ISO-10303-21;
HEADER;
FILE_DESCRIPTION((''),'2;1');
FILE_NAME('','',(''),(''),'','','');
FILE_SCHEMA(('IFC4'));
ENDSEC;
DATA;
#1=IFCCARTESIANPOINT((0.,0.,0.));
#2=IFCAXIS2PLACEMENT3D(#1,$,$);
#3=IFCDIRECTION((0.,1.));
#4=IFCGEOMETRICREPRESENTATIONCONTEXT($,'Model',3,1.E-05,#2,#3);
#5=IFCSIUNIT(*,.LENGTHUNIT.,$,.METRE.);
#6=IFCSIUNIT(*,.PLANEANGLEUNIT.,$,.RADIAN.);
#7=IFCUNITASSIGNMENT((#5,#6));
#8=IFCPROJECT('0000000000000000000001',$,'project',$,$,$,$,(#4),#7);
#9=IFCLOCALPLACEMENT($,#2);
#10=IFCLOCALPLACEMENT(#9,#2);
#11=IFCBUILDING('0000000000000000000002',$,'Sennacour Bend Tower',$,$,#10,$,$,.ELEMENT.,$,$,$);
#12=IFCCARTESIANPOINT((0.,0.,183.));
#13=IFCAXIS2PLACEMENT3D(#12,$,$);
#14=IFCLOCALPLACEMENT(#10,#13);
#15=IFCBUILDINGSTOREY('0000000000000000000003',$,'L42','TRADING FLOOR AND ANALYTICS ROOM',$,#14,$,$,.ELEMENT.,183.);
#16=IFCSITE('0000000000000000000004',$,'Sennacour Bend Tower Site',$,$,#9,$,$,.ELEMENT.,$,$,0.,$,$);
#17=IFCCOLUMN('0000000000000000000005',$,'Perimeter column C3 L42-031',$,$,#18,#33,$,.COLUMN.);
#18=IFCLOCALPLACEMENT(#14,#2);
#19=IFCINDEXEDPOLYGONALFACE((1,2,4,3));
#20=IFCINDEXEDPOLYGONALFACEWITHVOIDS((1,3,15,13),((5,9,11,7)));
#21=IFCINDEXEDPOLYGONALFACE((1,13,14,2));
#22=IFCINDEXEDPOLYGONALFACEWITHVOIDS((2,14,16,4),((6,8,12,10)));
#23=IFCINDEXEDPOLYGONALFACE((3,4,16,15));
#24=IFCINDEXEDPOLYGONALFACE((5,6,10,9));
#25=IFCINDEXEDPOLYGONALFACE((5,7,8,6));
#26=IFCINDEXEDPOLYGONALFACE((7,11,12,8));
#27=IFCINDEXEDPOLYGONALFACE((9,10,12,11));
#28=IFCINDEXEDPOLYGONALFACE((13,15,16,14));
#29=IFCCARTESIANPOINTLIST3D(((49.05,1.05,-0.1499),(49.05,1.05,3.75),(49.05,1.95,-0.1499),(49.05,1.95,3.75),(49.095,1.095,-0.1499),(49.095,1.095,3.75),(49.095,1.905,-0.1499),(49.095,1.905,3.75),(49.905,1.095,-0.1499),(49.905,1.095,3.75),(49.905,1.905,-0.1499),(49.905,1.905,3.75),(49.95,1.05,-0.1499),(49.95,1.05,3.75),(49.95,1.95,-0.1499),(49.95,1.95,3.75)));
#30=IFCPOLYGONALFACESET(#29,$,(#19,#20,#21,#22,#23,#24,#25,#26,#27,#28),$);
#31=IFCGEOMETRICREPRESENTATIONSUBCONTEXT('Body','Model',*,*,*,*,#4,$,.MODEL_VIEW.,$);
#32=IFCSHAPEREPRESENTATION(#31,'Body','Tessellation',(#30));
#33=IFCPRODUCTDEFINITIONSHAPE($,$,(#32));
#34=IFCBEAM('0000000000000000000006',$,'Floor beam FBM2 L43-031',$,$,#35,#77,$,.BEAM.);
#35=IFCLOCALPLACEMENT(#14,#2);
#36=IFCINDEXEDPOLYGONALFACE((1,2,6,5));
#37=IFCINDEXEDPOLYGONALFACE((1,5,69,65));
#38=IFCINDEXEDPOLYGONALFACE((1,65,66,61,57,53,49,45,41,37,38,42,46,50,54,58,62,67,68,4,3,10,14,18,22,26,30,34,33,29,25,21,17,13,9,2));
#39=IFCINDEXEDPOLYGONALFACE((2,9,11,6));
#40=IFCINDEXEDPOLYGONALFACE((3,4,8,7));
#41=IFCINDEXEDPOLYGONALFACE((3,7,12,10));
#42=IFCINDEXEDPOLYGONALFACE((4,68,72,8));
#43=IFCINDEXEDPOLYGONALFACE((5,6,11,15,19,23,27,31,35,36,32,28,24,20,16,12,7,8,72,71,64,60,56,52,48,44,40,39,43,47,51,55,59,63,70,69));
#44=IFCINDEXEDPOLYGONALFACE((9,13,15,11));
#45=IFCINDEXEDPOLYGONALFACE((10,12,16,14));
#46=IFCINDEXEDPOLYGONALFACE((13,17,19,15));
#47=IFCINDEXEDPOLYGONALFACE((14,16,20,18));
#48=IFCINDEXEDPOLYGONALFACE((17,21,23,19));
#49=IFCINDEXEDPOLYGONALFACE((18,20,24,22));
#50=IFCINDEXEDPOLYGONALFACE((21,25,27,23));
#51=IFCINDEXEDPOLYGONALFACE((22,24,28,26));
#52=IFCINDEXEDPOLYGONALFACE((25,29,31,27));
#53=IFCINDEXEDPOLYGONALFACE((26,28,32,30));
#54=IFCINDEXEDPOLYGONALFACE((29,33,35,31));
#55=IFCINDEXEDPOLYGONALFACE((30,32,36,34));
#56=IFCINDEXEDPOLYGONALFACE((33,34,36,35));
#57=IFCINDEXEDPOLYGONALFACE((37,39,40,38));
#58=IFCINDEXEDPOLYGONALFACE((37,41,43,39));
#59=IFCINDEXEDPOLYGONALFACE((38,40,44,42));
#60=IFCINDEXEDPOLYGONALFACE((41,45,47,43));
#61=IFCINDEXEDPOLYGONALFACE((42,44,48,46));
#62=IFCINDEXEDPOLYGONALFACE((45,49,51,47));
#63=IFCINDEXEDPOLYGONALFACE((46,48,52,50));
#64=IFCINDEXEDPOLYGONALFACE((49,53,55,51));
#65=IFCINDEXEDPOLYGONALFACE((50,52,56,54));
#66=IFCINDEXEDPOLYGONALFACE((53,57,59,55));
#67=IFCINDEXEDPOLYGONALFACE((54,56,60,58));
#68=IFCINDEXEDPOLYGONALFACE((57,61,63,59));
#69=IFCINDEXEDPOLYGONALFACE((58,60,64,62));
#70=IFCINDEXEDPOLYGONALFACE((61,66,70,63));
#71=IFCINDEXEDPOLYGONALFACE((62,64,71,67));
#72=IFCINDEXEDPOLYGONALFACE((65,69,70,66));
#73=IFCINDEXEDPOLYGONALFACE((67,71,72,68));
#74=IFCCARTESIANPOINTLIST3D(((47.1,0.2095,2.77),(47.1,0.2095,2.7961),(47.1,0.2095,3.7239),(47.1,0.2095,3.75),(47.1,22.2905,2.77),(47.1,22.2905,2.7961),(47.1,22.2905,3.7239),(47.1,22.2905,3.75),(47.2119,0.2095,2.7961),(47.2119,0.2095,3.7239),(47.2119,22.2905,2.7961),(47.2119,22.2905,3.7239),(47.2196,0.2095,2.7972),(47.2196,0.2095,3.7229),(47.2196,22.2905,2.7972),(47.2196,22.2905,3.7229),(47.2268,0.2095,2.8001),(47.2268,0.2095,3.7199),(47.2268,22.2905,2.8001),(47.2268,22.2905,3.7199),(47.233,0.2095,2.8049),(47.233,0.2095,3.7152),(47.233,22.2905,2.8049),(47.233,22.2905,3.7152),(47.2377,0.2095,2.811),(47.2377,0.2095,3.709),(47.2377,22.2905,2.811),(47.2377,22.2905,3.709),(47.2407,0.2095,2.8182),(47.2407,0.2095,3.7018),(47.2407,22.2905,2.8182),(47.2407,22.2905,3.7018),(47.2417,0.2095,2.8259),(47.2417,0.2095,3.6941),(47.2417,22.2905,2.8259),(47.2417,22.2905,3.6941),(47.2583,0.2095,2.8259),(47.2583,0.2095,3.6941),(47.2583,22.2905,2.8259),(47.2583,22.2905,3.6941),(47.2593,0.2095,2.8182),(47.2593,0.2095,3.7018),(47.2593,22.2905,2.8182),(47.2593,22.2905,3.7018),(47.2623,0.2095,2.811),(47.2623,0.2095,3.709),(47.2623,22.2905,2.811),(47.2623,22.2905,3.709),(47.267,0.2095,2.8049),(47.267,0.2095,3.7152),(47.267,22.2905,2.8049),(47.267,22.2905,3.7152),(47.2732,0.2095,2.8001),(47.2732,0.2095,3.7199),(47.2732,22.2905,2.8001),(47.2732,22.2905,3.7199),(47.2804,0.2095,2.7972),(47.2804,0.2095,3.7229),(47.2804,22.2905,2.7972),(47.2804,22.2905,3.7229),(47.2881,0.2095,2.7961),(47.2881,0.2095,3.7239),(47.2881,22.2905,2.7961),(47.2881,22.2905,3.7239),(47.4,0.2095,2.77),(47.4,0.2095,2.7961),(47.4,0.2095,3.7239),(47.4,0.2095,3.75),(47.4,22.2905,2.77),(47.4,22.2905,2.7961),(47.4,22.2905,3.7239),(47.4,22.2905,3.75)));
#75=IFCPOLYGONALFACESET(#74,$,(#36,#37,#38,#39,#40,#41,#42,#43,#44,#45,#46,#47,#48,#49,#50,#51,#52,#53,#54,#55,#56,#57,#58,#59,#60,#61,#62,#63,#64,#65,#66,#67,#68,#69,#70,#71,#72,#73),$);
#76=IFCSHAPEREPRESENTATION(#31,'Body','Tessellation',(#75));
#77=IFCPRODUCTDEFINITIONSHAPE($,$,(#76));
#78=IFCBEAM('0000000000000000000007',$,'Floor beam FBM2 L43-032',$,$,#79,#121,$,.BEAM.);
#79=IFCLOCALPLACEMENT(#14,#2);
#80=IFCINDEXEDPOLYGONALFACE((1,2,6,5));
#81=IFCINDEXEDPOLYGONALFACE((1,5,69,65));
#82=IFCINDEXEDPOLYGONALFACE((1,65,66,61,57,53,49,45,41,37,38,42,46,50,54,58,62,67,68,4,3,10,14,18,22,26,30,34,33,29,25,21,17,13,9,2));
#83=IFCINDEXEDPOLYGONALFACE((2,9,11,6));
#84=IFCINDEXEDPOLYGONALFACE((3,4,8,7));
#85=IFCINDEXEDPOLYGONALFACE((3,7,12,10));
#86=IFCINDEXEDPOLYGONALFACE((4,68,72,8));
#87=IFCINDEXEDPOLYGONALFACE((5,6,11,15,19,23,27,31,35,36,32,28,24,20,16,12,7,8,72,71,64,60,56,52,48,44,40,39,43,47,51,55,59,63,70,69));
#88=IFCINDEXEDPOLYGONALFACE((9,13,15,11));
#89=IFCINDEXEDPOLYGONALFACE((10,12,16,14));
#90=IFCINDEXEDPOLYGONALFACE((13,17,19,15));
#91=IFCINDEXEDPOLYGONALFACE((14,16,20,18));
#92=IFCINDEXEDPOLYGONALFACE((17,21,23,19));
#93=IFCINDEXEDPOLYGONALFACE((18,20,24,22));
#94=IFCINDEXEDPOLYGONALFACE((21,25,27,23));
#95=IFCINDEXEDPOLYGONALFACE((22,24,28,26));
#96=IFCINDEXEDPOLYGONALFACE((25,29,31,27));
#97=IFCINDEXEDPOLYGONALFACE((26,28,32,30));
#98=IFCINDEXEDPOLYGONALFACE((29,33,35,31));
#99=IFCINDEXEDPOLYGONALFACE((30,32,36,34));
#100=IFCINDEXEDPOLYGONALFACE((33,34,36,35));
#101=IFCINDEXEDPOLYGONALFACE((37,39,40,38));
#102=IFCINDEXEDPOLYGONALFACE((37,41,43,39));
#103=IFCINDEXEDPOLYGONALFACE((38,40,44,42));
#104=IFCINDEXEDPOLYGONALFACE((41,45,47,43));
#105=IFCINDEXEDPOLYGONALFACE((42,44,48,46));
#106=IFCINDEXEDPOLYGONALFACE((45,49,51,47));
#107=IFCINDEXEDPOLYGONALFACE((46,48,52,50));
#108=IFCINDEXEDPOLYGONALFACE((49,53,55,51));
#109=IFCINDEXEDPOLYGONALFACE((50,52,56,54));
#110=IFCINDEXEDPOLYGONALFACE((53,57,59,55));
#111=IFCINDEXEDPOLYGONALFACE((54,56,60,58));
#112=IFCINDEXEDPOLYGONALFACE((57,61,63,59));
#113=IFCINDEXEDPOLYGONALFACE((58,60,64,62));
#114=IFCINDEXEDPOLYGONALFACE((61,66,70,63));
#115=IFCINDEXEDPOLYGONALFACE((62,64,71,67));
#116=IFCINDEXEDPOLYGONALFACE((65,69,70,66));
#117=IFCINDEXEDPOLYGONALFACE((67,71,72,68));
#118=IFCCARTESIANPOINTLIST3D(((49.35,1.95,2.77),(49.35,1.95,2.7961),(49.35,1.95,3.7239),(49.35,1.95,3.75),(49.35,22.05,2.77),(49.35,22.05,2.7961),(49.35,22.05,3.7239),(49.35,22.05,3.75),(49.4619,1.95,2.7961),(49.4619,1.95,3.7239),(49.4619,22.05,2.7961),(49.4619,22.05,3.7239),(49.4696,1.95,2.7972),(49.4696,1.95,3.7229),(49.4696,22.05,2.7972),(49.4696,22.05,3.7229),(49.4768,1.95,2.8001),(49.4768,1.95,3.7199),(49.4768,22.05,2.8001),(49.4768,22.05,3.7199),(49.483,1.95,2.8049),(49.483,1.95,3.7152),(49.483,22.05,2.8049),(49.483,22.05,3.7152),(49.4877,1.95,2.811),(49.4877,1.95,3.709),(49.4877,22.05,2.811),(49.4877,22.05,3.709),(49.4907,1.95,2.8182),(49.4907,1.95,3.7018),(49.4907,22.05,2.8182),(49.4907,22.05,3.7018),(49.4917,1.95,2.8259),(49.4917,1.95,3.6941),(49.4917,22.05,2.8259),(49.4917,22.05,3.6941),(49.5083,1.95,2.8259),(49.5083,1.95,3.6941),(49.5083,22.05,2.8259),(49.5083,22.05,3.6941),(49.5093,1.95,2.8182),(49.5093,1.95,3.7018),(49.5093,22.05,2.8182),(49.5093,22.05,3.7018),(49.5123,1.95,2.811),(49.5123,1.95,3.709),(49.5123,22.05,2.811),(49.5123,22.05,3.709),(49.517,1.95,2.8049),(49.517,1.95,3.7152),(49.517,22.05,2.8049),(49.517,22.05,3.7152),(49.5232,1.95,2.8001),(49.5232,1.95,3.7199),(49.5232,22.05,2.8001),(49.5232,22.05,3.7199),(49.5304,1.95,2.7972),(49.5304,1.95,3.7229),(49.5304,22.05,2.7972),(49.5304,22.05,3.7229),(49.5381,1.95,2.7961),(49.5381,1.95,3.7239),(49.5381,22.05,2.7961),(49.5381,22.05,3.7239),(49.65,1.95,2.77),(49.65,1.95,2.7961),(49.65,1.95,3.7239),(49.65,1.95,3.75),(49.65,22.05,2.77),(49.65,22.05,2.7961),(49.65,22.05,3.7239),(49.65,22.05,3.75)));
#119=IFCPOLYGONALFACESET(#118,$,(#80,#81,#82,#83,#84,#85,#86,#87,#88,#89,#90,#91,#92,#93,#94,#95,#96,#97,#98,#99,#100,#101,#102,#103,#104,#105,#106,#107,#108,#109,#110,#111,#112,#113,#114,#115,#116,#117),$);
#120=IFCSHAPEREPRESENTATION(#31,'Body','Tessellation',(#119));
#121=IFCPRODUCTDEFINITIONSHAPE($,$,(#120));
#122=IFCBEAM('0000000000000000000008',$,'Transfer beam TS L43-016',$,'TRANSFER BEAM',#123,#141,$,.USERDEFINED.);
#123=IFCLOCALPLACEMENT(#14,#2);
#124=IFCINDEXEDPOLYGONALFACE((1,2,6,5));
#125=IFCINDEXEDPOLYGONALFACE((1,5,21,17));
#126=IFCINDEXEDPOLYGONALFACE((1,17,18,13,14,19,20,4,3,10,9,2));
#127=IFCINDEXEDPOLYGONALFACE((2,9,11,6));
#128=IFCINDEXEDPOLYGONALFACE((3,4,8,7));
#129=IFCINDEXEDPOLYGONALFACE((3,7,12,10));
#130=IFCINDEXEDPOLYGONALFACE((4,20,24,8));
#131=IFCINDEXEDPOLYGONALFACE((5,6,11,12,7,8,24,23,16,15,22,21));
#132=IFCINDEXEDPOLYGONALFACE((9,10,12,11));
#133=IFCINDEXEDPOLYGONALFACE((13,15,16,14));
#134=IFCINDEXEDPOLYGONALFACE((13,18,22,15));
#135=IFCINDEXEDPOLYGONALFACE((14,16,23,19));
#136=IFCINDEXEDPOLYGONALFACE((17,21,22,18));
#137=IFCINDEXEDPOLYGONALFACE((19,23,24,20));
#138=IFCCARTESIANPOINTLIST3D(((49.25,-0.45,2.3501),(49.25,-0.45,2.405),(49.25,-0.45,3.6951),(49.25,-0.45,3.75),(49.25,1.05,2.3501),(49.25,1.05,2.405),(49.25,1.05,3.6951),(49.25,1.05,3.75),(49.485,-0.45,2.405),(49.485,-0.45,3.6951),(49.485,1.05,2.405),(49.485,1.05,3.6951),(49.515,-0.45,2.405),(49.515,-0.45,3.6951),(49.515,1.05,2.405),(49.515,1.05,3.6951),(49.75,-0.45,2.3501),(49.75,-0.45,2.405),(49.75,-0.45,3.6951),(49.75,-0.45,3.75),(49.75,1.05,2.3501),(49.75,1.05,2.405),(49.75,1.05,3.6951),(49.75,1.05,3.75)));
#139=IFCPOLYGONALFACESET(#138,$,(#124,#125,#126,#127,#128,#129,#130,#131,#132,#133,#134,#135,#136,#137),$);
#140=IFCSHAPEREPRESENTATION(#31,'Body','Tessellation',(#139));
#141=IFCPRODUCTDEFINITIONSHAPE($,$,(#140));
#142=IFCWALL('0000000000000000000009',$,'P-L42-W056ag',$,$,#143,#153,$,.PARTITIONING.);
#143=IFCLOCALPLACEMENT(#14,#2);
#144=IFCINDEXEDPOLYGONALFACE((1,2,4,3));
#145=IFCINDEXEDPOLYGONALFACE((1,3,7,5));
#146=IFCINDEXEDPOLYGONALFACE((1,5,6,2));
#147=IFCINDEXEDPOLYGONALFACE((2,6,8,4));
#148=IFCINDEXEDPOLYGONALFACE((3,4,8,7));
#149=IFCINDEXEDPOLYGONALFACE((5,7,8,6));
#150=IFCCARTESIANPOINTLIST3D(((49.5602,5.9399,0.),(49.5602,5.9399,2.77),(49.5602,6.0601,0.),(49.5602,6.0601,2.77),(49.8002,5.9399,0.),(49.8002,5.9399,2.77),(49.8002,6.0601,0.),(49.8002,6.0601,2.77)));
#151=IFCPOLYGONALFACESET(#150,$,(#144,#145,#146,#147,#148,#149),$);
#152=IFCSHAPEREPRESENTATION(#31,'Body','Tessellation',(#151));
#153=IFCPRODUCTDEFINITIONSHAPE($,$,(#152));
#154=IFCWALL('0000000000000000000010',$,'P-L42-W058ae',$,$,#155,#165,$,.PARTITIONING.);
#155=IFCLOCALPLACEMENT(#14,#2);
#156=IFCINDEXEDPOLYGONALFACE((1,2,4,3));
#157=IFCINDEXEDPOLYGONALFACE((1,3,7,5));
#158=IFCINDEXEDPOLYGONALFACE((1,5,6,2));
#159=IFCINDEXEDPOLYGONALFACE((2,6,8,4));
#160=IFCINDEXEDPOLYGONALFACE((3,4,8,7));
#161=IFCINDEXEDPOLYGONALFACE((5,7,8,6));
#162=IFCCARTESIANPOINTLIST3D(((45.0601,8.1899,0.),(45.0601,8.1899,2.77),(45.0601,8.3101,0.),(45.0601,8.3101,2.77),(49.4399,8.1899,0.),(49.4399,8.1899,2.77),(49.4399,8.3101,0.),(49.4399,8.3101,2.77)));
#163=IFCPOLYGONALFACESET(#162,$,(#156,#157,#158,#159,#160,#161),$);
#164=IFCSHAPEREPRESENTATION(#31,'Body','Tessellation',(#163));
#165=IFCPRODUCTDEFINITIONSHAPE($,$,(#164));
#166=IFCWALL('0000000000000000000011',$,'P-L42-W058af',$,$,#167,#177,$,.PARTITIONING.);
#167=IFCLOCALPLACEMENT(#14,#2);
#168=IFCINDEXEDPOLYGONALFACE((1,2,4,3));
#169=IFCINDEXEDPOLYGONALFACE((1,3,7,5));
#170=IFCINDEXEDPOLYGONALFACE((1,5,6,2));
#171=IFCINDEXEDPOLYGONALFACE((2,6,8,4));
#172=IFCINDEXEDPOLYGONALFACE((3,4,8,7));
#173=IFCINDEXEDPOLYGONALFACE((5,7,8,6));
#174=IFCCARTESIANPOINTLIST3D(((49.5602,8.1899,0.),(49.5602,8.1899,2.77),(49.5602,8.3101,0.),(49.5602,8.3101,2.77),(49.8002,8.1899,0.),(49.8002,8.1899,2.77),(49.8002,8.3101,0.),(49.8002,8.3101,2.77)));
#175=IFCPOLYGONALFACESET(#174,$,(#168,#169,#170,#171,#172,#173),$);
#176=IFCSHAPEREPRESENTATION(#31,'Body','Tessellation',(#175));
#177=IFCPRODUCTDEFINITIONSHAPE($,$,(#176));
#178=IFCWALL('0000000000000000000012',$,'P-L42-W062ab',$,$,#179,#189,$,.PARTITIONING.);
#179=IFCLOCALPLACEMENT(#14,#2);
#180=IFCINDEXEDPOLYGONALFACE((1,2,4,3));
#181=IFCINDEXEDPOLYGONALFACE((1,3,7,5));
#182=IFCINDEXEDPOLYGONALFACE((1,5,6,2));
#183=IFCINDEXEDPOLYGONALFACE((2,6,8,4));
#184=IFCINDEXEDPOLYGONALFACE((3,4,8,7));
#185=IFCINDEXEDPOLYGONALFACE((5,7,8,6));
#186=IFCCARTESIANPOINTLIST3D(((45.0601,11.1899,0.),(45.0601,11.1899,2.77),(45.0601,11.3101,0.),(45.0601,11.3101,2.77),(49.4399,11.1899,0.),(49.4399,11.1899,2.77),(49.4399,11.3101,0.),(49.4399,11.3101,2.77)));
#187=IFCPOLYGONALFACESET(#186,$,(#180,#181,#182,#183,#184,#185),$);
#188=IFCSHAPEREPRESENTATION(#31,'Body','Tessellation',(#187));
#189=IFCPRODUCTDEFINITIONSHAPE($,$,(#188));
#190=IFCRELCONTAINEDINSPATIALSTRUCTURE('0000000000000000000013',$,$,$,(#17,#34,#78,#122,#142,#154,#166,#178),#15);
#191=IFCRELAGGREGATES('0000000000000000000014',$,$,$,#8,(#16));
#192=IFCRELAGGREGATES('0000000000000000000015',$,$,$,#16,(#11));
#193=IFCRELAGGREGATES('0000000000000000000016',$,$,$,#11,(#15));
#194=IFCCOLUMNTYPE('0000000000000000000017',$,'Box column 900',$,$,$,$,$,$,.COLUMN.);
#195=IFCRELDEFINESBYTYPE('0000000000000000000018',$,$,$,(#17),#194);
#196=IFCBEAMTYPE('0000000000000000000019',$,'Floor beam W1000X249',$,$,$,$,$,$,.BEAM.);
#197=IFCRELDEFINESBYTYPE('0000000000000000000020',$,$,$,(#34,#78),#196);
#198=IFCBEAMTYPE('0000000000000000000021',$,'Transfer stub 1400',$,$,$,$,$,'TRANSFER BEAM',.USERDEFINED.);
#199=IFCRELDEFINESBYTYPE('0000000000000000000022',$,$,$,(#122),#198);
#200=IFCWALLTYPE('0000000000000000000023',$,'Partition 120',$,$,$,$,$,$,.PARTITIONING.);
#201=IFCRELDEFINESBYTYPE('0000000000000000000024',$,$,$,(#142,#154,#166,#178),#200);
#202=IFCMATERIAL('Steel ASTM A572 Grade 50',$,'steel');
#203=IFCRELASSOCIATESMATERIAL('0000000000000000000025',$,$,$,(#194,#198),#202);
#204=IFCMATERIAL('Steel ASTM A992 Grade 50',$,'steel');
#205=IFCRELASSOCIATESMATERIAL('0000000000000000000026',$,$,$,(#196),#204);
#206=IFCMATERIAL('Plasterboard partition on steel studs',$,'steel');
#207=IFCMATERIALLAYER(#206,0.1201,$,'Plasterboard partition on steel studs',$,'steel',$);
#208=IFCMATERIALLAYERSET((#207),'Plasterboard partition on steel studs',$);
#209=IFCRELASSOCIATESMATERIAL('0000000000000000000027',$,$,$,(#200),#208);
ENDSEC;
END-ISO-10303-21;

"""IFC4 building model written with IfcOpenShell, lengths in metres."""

from ifc_helpers import new_model, si_unit, direction, frame, frame_2d, origin, origin_2d, place, context, subcontext, project, spatial, rectangle, hollow_rectangle, i_section, extrude, material, layer, layer_set, material_profile, profile_set, type_object, element, save


model = new_model("IFC4")

# Units and contexts
model_context = context("Model", 3, precision=1e-05, world=origin(), true_north=direction((0.0, 1.0)))
body_context = subcontext(model_context, "Body", "Model", "MODEL_VIEW")
ifc_project = project(units=[si_unit("LENGTHUNIT", "METRE"), si_unit("PLANEANGLEUNIT", "RADIAN")], contexts=[model_context])

# Site, building, storey
site_placement = place(None, origin())
site = spatial("IfcSite", under=ifc_project, at=site_placement, Name="Sennacour Bend Tower Site", CompositionType="ELEMENT", RefElevation=0.0)
building_placement = place(site_placement, origin())
building = spatial("IfcBuilding", under=site, at=building_placement, Name="Sennacour Bend Tower", CompositionType="ELEMENT")
storey_placement = place(building_placement, frame((0.0, 0.0, 183.0)))
storey = spatial("IfcBuildingStorey", under=building, at=storey_placement, Name="L42", Description="TRADING FLOOR AND ANALYTICS ROOM", CompositionType="ELEMENT", Elevation=183.0)

# Column
ifc_material_1 = material(Name="Steel ASTM A572 Grade 50", Category="steel")
ifc_material_profile_1 = material_profile(ifc_material_1, hollow_rectangle(XDim=0.8999, YDim=0.8999, WallThickness=0.0449, at=origin_2d()), Name="Steel ASTM A572 Grade 50", Category="steel")
ifc_profile_set_1 = profile_set([ifc_material_profile_1], Name="Steel ASTM A572 Grade 50")
column_type = type_object("IfcColumnType", Name="Box column 900", PredefinedType="COLUMN", material=ifc_profile_set_1)
column_placement = place(storey_placement, frame((49.5, 1.5, -0.1499), z_axis=(0.0, 0.0, 1.0), x_axis=(1.0, 0.0, 0.0)))
element("IfcColumn", 1, at=column_placement, inside=storey, type_object=column_type, Name="Perimeter column C3 L42-031", PredefinedType="COLUMN", context=body_context, shape_type="SweptSolid", body=[
    extrude(hollow_rectangle(XDim=0.8999, YDim=0.8999, WallThickness=0.0449, at=origin_2d()), origin(), (0.0, 0.0, 1.0), 3.8999),
])

# Beams
ifc_material_2 = material(Name="Steel ASTM A992 Grade 50", Category="steel")
ifc_material_profile_2 = material_profile(ifc_material_2, i_section(OverallWidth=0.3, OverallDepth=0.98, WebThickness=0.0166, FlangeThickness=0.0261, FilletRadius=0.0298, at=origin_2d()), Name="Steel ASTM A992 Grade 50", Category="steel")
ifc_profile_set_2 = profile_set([ifc_material_profile_2], Name="Steel ASTM A992 Grade 50")
beam_type_1 = type_object("IfcBeamType", Name="Floor beam W1000X249", PredefinedType="BEAM", material=ifc_profile_set_2)
beam_1_placement = place(storey_placement, frame((47.25, 0.2095, 3.26), z_axis=(0.0, 1.0, 0.0), x_axis=(-1.0, 0.0, 0.0)))
element("IfcBeam", 2, at=beam_1_placement, inside=storey, type_object=beam_type_1, Name="Floor beam FBM2 L43-031", PredefinedType="BEAM", context=body_context, shape_type="SweptSolid", body=[
    extrude(i_section(OverallWidth=0.3, OverallDepth=0.98, WebThickness=0.0166, FlangeThickness=0.0261, FilletRadius=0.0298, at=origin_2d()), origin(), (0.0, 0.0, 1.0), 22.0811),
])
beam_2_placement = place(storey_placement, frame((49.5, 1.95, 3.26), z_axis=(0.0, 1.0, 0.0), x_axis=(-1.0, 0.0, 0.0)))
element("IfcBeam", 3, at=beam_2_placement, inside=storey, type_object=beam_type_1, Name="Floor beam FBM2 L43-032", PredefinedType="BEAM", context=body_context, shape_type="SweptSolid", body=[
    extrude(i_section(OverallWidth=0.3, OverallDepth=0.98, WebThickness=0.0166, FlangeThickness=0.0261, FilletRadius=0.0298, at=origin_2d()), origin(), (0.0, 0.0, 1.0), 20.1001),
])
ifc_material_profile_3 = material_profile(ifc_material_1, i_section(OverallWidth=0.5, OverallDepth=1.3999, WebThickness=0.03, FlangeThickness=0.0549, at=origin_2d()), Name="Steel ASTM A572 Grade 50", Category="steel")
ifc_profile_set_3 = profile_set([ifc_material_profile_3], Name="Steel ASTM A572 Grade 50")
beam_type_2 = type_object("IfcBeamType", Name="Transfer stub 1400", ElementType="TRANSFER BEAM", PredefinedType="USERDEFINED", material=ifc_profile_set_3)
beam_3_placement = place(storey_placement, frame((49.5, 1.05, 3.05), z_axis=(0.0, -1.0, 0.0), x_axis=(1.0, 0.0, 0.0)))
element("IfcBeam", 4, at=beam_3_placement, inside=storey, type_object=beam_type_2, Name="Transfer beam TS L43-016", ObjectType="TRANSFER BEAM", PredefinedType="USERDEFINED", context=body_context, shape_type="SweptSolid", body=[
    extrude(i_section(OverallWidth=0.5, OverallDepth=1.3999, WebThickness=0.03, FlangeThickness=0.0549, at=origin_2d()), origin(), (0.0, 0.0, 1.0), 1.5),
])

# Walls
ifc_material_3 = material(Name="Plasterboard partition on steel studs", Category="steel")
ifc_layer_1 = layer(ifc_material_3, 0.1201, Name="Plasterboard partition on steel studs", Category="steel")
ifc_layer_set_1 = layer_set([ifc_layer_1], Name="Plasterboard partition on steel studs")
wall_type_1 = type_object("IfcWallType", Name="Partition 120", PredefinedType="PARTITIONING", material=ifc_layer_set_1)
wall_1_placement = place(storey_placement, frame((49.5601, 6.0, 0.0), z_axis=(0.0, 0.0, 1.0), x_axis=(1.0, 0.0, 0.0)))
element("IfcWall", 5, at=wall_1_placement, inside=storey, type_object=wall_type_1, Name="P-L42-W056ag", PredefinedType="PARTITIONING", context=body_context, shape_type="SweptSolid", body=[
    extrude(rectangle(XDim=0.24, YDim=0.1201, at=frame_2d((0.1201, 0.0))), origin(), (0.0, 0.0, 1.0), 2.77),
])
wall_2_placement = place(storey_placement, frame((45.0601, 8.25, 0.0), z_axis=(0.0, 0.0, 1.0), x_axis=(1.0, 0.0, 0.0)))
element("IfcWall", 6, at=wall_2_placement, inside=storey, type_object=wall_type_1, Name="P-L42-W058ae", PredefinedType="PARTITIONING", context=body_context, shape_type="SweptSolid", body=[
    extrude(rectangle(XDim=4.3799, YDim=0.1201, at=frame_2d((2.1899, 0.0))), origin(), (0.0, 0.0, 1.0), 2.77),
])
wall_3_placement = place(storey_placement, frame((49.5601, 8.25, 0.0), z_axis=(0.0, 0.0, 1.0), x_axis=(1.0, 0.0, 0.0)))
element("IfcWall", 7, at=wall_3_placement, inside=storey, type_object=wall_type_1, Name="P-L42-W058af", PredefinedType="PARTITIONING", context=body_context, shape_type="SweptSolid", body=[
    extrude(rectangle(XDim=0.24, YDim=0.1201, at=frame_2d((0.1201, 0.0))), origin(), (0.0, 0.0, 1.0), 2.77),
])
wall_4_placement = place(storey_placement, frame((45.0601, 11.25, 0.0), z_axis=(0.0, 0.0, 1.0), x_axis=(1.0, 0.0, 0.0)))
element("IfcWall", 8, at=wall_4_placement, inside=storey, type_object=wall_type_1, Name="P-L42-W062ab", PredefinedType="PARTITIONING", context=body_context, shape_type="SweptSolid", body=[
    extrude(rectangle(XDim=4.3799, YDim=0.1201, at=frame_2d((2.1899, 0.0))), origin(), (0.0, 0.0, 1.0), 2.77),
])

save(model, "model.ifc")
